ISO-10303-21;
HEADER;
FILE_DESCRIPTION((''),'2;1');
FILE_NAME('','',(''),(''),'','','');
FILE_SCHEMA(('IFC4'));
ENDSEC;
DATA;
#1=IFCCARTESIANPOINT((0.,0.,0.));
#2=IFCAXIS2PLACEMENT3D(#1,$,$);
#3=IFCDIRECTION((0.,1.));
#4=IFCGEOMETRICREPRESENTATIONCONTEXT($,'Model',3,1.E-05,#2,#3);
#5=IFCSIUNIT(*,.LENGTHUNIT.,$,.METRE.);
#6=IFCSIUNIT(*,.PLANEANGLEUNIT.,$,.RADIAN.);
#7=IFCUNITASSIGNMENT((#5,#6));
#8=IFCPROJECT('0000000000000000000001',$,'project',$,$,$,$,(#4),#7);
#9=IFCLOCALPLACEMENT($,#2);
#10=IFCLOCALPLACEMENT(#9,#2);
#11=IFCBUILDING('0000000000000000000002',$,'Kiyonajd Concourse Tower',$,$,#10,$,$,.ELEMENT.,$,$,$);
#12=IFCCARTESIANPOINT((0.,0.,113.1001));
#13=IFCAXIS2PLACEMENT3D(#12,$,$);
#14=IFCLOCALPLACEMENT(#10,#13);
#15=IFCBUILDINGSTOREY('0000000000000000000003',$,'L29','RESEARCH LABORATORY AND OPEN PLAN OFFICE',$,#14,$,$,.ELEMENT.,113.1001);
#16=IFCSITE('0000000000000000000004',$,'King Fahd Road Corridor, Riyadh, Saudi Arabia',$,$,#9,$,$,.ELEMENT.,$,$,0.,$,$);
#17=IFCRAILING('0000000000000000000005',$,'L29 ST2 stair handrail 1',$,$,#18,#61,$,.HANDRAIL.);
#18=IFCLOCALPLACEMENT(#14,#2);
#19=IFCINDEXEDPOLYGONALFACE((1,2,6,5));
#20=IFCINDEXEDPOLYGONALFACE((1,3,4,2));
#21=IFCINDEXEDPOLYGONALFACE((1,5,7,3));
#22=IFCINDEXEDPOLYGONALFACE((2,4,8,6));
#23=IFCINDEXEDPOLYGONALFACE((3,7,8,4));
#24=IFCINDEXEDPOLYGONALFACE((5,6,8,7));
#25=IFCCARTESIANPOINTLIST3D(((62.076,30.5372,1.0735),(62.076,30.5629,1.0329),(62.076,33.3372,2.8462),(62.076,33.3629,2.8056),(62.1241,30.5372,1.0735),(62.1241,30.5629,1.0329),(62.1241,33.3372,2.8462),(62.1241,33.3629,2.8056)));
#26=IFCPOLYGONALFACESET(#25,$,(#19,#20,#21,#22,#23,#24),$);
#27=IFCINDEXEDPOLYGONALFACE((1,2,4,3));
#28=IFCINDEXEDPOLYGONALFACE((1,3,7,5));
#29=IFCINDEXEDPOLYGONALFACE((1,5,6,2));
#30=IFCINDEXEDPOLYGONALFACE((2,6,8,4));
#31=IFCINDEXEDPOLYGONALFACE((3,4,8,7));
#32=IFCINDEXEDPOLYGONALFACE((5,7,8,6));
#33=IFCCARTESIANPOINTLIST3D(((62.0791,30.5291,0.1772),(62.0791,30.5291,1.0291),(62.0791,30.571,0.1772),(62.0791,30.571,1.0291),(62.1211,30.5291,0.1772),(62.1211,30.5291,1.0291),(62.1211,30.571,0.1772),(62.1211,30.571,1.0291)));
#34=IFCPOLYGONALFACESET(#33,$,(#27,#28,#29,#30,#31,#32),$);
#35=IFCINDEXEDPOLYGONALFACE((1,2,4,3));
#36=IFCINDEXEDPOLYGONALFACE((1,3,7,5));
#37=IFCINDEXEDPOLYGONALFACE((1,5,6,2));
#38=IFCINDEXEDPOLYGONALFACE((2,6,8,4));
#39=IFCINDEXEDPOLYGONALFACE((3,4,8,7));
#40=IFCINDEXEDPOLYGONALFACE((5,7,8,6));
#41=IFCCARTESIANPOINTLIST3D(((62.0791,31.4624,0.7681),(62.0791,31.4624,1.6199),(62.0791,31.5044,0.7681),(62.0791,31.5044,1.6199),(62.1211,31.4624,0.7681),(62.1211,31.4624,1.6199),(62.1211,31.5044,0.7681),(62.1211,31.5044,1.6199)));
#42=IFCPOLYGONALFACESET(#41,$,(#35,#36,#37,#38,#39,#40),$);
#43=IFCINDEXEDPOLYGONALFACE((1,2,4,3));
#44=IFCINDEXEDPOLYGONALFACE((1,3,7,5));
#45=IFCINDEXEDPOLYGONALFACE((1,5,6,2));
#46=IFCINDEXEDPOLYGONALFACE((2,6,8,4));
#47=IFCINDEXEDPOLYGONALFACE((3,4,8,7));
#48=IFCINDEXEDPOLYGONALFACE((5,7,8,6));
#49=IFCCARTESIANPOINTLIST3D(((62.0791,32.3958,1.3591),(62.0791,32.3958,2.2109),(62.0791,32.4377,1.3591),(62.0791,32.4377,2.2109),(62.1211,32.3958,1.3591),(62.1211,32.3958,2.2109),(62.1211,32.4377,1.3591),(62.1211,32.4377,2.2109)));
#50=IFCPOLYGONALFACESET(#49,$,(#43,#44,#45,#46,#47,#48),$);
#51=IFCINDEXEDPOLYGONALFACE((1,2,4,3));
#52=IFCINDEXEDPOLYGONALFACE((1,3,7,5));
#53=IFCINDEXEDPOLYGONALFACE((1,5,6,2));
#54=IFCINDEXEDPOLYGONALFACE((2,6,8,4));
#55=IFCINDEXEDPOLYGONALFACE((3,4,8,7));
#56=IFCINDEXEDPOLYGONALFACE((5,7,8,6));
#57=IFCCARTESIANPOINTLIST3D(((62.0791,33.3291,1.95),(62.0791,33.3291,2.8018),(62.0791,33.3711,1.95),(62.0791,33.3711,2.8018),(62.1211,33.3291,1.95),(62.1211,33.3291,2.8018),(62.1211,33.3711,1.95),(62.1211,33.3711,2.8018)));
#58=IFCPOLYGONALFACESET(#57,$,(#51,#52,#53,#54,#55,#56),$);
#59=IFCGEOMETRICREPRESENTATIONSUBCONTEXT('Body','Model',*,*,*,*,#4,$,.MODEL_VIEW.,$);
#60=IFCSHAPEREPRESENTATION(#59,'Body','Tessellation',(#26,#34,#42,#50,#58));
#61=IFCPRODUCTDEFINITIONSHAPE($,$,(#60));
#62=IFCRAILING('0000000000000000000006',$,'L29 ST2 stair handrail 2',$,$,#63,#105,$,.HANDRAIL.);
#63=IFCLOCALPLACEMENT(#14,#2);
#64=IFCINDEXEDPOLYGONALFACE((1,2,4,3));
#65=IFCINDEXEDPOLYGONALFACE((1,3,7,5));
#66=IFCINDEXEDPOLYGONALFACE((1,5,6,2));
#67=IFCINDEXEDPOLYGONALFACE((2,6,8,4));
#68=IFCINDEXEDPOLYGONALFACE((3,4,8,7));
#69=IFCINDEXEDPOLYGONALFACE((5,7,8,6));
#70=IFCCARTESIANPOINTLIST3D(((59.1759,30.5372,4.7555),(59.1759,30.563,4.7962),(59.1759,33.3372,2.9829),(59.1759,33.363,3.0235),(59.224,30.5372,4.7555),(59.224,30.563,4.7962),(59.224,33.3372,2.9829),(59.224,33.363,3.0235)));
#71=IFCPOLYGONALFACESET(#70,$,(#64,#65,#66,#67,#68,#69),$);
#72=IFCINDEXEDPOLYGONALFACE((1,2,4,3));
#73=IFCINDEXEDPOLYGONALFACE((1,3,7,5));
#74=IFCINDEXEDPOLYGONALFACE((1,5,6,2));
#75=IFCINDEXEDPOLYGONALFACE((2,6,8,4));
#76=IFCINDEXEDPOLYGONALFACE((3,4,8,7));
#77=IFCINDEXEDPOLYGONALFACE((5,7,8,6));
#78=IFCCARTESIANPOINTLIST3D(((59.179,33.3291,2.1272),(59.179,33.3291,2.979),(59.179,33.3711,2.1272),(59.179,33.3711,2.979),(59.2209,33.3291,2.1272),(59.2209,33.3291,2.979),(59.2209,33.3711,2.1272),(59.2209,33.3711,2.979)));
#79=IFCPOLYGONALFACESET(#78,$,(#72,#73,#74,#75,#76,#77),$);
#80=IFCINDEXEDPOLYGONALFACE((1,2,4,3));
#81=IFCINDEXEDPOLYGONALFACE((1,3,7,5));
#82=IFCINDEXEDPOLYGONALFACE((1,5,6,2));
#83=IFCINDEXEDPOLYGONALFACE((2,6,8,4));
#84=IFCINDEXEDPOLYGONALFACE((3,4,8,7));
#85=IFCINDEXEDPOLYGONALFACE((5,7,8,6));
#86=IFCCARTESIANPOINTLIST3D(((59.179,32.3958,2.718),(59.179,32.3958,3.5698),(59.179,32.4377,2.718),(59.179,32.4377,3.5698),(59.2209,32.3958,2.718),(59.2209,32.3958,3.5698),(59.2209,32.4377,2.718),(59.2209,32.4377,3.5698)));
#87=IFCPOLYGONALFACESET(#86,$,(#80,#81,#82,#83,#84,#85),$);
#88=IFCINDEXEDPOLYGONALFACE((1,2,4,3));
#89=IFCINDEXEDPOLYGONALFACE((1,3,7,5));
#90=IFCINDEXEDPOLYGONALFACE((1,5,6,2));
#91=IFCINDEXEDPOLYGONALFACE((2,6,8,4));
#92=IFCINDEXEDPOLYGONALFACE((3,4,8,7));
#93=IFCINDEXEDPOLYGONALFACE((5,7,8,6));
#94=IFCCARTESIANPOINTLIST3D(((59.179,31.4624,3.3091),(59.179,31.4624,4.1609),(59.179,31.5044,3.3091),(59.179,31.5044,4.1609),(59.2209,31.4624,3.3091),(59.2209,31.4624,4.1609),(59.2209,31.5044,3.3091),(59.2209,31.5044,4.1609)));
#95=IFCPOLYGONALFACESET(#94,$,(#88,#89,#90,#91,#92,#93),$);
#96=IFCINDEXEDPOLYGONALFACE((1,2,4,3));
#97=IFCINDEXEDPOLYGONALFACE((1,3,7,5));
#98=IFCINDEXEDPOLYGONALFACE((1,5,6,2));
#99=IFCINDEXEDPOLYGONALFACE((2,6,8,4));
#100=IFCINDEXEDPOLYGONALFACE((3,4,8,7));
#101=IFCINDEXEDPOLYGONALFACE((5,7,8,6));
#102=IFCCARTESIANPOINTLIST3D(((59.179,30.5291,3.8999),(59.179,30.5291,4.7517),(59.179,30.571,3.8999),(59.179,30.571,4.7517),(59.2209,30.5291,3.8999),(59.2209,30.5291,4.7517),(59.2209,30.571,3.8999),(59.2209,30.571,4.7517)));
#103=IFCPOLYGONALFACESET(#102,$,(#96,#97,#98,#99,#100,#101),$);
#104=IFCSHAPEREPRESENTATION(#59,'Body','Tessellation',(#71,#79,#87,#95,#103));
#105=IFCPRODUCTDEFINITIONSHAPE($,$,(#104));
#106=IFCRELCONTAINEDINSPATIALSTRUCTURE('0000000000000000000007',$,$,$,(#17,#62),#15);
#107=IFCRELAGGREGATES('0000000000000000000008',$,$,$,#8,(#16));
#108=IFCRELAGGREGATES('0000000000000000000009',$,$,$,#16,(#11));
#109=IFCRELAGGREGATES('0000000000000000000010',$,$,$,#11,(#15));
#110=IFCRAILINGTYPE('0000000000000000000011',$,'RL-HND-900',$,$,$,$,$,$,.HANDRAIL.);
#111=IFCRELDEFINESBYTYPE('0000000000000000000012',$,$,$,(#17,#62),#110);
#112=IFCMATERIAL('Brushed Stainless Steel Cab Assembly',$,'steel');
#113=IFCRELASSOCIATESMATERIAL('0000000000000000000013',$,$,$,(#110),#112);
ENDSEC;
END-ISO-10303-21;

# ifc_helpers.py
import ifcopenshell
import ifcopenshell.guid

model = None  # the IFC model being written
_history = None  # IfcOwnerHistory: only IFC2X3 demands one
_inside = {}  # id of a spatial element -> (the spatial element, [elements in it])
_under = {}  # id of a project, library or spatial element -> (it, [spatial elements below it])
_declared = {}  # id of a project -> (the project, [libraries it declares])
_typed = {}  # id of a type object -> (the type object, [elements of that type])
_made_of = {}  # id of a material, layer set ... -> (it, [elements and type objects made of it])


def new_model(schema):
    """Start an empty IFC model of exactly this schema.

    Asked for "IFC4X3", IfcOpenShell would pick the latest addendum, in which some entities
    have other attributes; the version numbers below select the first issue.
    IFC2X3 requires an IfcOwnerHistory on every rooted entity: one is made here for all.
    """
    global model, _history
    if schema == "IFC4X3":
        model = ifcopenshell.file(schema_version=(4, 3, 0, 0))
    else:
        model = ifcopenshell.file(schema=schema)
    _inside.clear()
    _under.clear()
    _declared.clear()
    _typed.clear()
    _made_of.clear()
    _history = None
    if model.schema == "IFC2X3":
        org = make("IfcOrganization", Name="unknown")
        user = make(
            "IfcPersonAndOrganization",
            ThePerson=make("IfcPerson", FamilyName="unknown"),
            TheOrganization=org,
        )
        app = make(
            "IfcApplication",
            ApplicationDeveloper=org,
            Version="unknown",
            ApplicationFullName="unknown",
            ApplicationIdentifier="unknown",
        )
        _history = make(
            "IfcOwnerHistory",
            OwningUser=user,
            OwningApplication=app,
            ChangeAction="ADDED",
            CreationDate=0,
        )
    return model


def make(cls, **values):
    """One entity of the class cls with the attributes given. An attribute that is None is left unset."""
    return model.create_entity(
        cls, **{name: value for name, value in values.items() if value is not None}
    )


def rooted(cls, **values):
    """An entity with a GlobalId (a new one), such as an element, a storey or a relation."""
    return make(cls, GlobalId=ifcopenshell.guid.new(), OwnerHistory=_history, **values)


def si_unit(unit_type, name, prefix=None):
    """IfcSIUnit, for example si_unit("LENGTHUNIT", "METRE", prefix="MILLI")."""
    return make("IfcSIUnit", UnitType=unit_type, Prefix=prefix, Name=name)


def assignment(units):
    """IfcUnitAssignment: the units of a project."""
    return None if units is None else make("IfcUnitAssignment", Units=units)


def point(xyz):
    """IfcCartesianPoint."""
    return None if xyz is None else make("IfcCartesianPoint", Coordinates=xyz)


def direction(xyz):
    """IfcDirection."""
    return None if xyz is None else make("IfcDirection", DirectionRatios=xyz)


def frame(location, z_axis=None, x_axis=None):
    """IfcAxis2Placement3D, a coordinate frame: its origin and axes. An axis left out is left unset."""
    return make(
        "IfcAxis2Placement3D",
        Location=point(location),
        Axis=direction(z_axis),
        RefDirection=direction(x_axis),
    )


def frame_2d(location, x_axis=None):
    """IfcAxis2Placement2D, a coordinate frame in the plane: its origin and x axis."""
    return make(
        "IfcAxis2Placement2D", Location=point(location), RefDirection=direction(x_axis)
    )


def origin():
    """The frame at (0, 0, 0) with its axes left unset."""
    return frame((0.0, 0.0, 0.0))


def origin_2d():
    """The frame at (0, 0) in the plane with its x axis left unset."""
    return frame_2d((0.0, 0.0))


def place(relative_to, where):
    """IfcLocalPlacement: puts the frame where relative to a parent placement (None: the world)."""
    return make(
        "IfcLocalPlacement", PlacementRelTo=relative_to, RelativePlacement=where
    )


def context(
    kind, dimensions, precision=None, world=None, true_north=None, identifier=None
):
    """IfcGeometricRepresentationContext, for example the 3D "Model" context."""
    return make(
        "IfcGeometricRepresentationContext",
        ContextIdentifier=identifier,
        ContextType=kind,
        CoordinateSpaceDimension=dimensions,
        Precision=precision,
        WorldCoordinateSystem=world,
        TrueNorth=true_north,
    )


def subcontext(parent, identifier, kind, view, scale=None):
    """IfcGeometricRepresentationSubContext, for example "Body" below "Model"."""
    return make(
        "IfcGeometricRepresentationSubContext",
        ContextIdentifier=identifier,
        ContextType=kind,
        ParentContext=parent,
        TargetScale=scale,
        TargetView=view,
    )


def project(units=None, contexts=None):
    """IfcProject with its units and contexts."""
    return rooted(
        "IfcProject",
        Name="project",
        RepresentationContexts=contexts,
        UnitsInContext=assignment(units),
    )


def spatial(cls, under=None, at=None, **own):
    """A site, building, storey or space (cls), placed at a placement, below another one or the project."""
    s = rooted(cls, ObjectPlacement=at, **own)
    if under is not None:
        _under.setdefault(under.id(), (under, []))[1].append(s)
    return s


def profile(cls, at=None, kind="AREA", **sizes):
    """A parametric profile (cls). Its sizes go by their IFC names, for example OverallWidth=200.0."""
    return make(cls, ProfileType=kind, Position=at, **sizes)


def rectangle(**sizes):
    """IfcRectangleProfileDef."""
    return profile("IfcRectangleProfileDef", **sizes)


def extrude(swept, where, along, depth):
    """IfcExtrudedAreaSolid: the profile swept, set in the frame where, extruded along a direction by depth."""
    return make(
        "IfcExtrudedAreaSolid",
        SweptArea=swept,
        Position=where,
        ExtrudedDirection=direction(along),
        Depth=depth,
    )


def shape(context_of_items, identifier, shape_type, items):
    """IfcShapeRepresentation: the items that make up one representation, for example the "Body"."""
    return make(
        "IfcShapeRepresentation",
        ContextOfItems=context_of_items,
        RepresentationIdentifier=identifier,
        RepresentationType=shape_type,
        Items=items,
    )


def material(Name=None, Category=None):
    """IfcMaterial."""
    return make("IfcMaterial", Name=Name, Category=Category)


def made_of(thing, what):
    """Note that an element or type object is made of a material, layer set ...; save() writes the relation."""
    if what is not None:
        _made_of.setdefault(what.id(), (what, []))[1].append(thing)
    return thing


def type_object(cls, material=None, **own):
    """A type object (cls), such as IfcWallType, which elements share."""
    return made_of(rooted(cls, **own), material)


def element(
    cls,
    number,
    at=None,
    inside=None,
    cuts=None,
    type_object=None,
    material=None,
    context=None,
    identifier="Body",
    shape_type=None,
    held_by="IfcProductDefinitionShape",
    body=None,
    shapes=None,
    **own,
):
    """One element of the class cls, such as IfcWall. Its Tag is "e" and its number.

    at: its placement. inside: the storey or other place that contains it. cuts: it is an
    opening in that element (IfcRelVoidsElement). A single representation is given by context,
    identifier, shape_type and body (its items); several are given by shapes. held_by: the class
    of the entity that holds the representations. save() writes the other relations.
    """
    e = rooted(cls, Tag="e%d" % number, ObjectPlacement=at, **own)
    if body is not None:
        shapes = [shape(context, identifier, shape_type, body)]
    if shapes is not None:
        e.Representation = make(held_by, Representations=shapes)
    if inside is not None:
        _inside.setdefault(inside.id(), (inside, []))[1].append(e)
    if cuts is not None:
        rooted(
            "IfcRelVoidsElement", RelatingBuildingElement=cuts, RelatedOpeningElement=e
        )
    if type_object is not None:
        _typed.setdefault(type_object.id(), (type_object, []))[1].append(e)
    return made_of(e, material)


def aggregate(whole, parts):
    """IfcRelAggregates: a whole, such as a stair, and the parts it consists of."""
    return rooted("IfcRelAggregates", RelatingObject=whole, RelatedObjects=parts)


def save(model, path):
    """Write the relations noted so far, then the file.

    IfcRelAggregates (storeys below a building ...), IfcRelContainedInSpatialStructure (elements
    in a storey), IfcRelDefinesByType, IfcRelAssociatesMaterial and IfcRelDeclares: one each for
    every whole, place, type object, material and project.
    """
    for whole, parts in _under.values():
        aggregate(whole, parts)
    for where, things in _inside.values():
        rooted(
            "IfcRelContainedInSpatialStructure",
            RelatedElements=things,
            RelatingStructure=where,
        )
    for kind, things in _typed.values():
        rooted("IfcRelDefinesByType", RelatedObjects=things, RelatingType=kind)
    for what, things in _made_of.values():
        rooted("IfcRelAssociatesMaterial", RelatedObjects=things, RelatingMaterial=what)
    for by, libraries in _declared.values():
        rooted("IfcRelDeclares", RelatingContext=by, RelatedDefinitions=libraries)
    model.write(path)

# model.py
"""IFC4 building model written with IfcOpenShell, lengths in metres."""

from ifc_helpers import new_model, si_unit, direction, frame, origin, origin_2d, place, context, subcontext, project, spatial, rectangle, extrude, material, type_object, element, save


model = new_model("IFC4")

# Units and contexts
model_context = context("Model", 3, precision=1e-05, world=origin(), true_north=direction((0.0, 1.0)))
body_context = subcontext(model_context, "Body", "Model", "MODEL_VIEW")
ifc_project = project(units=[si_unit("LENGTHUNIT", "METRE"), si_unit("PLANEANGLEUNIT", "RADIAN")], contexts=[model_context])

# Site, building, storey
site_placement = place(None, origin())
site = spatial("IfcSite", under=ifc_project, at=site_placement, Name="King Fahd Road Corridor, Riyadh, Saudi Arabia", CompositionType="ELEMENT", RefElevation=0.0)
building_placement = place(site_placement, origin())
building = spatial("IfcBuilding", under=site, at=building_placement, Name="Kiyonajd Concourse Tower", CompositionType="ELEMENT")
storey_placement = place(building_placement, frame((0.0, 0.0, 113.1001)))
storey = spatial("IfcBuildingStorey", under=building, at=storey_placement, Name="L29", Description="RESEARCH LABORATORY AND OPEN PLAN OFFICE", CompositionType="ELEMENT", Elevation=113.1001)

# Shared definitions
ifc_material_1 = material(Name="Brushed Stainless Steel Cab Assembly", Category="steel")

# Railings
railing_type_1 = type_object("IfcRailingType", Name="RL-HND-900", PredefinedType="HANDRAIL", material=ifc_material_1)
railing_1_placement = place(storey_placement, frame((62.1001, 30.55, 0.1772)))
element("IfcRailing", 1, at=railing_1_placement, inside=storey, type_object=railing_type_1, Name="L29 ST2 stair handrail 1", PredefinedType="HANDRAIL", context=body_context, shape_type="SweptSolid", body=[
    extrude(rectangle(XDim=0.0481, YDim=0.0481, at=origin_2d()), frame((0.0, 0.0, 0.876), z_axis=(0.0, 0.844909, 0.53491), x_axis=(-1.0, 0.0, 0.0)), (0.0, 0.0, 1.0), 3.314),
    extrude(rectangle(XDim=0.042, YDim=0.042, at=origin_2d()), origin(), (0.0, 0.0, 1.0), 0.8518),
    extrude(rectangle(XDim=0.042, YDim=0.042, at=origin_2d()), frame((0.0, 0.9333, 0.5908)), (0.0, 0.0, 1.0), 0.8518),
    extrude(rectangle(XDim=0.042, YDim=0.042, at=origin_2d()), frame((0.0, 1.8667, 1.1819)), (0.0, 0.0, 1.0), 0.8518),
    extrude(rectangle(XDim=0.042, YDim=0.042, at=origin_2d()), frame((0.0, 2.8, 1.7727)), (0.0, 0.0, 1.0), 0.8518),
])
railing_2_placement = place(storey_placement, frame((59.2, 33.3501, 2.1272)))
element("IfcRailing", 2, at=railing_2_placement, inside=storey, type_object=railing_type_1, Name="L29 ST2 stair handrail 2", PredefinedType="HANDRAIL", context=body_context, shape_type="SweptSolid", body=[
    extrude(rectangle(XDim=0.0481, YDim=0.0481, at=origin_2d()), frame((0.0, 0.0, 0.876), z_axis=(0.0, -0.844909, 0.53491), x_axis=(1.0, 0.0, 0.0)), (0.0, 0.0, 1.0), 3.314),
    extrude(rectangle(XDim=0.042, YDim=0.042, at=origin_2d()), origin(), (0.0, 0.0, 1.0), 0.8518),
    extrude(rectangle(XDim=0.042, YDim=0.042, at=origin_2d()), frame((0.0, -0.9333, 0.5908)), (0.0, 0.0, 1.0), 0.8518),
    extrude(rectangle(XDim=0.042, YDim=0.042, at=origin_2d()), frame((0.0, -1.8667, 1.1819)), (0.0, 0.0, 1.0), 0.8518),
    extrude(rectangle(XDim=0.042, YDim=0.042, at=origin_2d()), frame((0.0, -2.8, 1.7727)), (0.0, 0.0, 1.0), 0.8518),
])

save(model, "model.ifc")
